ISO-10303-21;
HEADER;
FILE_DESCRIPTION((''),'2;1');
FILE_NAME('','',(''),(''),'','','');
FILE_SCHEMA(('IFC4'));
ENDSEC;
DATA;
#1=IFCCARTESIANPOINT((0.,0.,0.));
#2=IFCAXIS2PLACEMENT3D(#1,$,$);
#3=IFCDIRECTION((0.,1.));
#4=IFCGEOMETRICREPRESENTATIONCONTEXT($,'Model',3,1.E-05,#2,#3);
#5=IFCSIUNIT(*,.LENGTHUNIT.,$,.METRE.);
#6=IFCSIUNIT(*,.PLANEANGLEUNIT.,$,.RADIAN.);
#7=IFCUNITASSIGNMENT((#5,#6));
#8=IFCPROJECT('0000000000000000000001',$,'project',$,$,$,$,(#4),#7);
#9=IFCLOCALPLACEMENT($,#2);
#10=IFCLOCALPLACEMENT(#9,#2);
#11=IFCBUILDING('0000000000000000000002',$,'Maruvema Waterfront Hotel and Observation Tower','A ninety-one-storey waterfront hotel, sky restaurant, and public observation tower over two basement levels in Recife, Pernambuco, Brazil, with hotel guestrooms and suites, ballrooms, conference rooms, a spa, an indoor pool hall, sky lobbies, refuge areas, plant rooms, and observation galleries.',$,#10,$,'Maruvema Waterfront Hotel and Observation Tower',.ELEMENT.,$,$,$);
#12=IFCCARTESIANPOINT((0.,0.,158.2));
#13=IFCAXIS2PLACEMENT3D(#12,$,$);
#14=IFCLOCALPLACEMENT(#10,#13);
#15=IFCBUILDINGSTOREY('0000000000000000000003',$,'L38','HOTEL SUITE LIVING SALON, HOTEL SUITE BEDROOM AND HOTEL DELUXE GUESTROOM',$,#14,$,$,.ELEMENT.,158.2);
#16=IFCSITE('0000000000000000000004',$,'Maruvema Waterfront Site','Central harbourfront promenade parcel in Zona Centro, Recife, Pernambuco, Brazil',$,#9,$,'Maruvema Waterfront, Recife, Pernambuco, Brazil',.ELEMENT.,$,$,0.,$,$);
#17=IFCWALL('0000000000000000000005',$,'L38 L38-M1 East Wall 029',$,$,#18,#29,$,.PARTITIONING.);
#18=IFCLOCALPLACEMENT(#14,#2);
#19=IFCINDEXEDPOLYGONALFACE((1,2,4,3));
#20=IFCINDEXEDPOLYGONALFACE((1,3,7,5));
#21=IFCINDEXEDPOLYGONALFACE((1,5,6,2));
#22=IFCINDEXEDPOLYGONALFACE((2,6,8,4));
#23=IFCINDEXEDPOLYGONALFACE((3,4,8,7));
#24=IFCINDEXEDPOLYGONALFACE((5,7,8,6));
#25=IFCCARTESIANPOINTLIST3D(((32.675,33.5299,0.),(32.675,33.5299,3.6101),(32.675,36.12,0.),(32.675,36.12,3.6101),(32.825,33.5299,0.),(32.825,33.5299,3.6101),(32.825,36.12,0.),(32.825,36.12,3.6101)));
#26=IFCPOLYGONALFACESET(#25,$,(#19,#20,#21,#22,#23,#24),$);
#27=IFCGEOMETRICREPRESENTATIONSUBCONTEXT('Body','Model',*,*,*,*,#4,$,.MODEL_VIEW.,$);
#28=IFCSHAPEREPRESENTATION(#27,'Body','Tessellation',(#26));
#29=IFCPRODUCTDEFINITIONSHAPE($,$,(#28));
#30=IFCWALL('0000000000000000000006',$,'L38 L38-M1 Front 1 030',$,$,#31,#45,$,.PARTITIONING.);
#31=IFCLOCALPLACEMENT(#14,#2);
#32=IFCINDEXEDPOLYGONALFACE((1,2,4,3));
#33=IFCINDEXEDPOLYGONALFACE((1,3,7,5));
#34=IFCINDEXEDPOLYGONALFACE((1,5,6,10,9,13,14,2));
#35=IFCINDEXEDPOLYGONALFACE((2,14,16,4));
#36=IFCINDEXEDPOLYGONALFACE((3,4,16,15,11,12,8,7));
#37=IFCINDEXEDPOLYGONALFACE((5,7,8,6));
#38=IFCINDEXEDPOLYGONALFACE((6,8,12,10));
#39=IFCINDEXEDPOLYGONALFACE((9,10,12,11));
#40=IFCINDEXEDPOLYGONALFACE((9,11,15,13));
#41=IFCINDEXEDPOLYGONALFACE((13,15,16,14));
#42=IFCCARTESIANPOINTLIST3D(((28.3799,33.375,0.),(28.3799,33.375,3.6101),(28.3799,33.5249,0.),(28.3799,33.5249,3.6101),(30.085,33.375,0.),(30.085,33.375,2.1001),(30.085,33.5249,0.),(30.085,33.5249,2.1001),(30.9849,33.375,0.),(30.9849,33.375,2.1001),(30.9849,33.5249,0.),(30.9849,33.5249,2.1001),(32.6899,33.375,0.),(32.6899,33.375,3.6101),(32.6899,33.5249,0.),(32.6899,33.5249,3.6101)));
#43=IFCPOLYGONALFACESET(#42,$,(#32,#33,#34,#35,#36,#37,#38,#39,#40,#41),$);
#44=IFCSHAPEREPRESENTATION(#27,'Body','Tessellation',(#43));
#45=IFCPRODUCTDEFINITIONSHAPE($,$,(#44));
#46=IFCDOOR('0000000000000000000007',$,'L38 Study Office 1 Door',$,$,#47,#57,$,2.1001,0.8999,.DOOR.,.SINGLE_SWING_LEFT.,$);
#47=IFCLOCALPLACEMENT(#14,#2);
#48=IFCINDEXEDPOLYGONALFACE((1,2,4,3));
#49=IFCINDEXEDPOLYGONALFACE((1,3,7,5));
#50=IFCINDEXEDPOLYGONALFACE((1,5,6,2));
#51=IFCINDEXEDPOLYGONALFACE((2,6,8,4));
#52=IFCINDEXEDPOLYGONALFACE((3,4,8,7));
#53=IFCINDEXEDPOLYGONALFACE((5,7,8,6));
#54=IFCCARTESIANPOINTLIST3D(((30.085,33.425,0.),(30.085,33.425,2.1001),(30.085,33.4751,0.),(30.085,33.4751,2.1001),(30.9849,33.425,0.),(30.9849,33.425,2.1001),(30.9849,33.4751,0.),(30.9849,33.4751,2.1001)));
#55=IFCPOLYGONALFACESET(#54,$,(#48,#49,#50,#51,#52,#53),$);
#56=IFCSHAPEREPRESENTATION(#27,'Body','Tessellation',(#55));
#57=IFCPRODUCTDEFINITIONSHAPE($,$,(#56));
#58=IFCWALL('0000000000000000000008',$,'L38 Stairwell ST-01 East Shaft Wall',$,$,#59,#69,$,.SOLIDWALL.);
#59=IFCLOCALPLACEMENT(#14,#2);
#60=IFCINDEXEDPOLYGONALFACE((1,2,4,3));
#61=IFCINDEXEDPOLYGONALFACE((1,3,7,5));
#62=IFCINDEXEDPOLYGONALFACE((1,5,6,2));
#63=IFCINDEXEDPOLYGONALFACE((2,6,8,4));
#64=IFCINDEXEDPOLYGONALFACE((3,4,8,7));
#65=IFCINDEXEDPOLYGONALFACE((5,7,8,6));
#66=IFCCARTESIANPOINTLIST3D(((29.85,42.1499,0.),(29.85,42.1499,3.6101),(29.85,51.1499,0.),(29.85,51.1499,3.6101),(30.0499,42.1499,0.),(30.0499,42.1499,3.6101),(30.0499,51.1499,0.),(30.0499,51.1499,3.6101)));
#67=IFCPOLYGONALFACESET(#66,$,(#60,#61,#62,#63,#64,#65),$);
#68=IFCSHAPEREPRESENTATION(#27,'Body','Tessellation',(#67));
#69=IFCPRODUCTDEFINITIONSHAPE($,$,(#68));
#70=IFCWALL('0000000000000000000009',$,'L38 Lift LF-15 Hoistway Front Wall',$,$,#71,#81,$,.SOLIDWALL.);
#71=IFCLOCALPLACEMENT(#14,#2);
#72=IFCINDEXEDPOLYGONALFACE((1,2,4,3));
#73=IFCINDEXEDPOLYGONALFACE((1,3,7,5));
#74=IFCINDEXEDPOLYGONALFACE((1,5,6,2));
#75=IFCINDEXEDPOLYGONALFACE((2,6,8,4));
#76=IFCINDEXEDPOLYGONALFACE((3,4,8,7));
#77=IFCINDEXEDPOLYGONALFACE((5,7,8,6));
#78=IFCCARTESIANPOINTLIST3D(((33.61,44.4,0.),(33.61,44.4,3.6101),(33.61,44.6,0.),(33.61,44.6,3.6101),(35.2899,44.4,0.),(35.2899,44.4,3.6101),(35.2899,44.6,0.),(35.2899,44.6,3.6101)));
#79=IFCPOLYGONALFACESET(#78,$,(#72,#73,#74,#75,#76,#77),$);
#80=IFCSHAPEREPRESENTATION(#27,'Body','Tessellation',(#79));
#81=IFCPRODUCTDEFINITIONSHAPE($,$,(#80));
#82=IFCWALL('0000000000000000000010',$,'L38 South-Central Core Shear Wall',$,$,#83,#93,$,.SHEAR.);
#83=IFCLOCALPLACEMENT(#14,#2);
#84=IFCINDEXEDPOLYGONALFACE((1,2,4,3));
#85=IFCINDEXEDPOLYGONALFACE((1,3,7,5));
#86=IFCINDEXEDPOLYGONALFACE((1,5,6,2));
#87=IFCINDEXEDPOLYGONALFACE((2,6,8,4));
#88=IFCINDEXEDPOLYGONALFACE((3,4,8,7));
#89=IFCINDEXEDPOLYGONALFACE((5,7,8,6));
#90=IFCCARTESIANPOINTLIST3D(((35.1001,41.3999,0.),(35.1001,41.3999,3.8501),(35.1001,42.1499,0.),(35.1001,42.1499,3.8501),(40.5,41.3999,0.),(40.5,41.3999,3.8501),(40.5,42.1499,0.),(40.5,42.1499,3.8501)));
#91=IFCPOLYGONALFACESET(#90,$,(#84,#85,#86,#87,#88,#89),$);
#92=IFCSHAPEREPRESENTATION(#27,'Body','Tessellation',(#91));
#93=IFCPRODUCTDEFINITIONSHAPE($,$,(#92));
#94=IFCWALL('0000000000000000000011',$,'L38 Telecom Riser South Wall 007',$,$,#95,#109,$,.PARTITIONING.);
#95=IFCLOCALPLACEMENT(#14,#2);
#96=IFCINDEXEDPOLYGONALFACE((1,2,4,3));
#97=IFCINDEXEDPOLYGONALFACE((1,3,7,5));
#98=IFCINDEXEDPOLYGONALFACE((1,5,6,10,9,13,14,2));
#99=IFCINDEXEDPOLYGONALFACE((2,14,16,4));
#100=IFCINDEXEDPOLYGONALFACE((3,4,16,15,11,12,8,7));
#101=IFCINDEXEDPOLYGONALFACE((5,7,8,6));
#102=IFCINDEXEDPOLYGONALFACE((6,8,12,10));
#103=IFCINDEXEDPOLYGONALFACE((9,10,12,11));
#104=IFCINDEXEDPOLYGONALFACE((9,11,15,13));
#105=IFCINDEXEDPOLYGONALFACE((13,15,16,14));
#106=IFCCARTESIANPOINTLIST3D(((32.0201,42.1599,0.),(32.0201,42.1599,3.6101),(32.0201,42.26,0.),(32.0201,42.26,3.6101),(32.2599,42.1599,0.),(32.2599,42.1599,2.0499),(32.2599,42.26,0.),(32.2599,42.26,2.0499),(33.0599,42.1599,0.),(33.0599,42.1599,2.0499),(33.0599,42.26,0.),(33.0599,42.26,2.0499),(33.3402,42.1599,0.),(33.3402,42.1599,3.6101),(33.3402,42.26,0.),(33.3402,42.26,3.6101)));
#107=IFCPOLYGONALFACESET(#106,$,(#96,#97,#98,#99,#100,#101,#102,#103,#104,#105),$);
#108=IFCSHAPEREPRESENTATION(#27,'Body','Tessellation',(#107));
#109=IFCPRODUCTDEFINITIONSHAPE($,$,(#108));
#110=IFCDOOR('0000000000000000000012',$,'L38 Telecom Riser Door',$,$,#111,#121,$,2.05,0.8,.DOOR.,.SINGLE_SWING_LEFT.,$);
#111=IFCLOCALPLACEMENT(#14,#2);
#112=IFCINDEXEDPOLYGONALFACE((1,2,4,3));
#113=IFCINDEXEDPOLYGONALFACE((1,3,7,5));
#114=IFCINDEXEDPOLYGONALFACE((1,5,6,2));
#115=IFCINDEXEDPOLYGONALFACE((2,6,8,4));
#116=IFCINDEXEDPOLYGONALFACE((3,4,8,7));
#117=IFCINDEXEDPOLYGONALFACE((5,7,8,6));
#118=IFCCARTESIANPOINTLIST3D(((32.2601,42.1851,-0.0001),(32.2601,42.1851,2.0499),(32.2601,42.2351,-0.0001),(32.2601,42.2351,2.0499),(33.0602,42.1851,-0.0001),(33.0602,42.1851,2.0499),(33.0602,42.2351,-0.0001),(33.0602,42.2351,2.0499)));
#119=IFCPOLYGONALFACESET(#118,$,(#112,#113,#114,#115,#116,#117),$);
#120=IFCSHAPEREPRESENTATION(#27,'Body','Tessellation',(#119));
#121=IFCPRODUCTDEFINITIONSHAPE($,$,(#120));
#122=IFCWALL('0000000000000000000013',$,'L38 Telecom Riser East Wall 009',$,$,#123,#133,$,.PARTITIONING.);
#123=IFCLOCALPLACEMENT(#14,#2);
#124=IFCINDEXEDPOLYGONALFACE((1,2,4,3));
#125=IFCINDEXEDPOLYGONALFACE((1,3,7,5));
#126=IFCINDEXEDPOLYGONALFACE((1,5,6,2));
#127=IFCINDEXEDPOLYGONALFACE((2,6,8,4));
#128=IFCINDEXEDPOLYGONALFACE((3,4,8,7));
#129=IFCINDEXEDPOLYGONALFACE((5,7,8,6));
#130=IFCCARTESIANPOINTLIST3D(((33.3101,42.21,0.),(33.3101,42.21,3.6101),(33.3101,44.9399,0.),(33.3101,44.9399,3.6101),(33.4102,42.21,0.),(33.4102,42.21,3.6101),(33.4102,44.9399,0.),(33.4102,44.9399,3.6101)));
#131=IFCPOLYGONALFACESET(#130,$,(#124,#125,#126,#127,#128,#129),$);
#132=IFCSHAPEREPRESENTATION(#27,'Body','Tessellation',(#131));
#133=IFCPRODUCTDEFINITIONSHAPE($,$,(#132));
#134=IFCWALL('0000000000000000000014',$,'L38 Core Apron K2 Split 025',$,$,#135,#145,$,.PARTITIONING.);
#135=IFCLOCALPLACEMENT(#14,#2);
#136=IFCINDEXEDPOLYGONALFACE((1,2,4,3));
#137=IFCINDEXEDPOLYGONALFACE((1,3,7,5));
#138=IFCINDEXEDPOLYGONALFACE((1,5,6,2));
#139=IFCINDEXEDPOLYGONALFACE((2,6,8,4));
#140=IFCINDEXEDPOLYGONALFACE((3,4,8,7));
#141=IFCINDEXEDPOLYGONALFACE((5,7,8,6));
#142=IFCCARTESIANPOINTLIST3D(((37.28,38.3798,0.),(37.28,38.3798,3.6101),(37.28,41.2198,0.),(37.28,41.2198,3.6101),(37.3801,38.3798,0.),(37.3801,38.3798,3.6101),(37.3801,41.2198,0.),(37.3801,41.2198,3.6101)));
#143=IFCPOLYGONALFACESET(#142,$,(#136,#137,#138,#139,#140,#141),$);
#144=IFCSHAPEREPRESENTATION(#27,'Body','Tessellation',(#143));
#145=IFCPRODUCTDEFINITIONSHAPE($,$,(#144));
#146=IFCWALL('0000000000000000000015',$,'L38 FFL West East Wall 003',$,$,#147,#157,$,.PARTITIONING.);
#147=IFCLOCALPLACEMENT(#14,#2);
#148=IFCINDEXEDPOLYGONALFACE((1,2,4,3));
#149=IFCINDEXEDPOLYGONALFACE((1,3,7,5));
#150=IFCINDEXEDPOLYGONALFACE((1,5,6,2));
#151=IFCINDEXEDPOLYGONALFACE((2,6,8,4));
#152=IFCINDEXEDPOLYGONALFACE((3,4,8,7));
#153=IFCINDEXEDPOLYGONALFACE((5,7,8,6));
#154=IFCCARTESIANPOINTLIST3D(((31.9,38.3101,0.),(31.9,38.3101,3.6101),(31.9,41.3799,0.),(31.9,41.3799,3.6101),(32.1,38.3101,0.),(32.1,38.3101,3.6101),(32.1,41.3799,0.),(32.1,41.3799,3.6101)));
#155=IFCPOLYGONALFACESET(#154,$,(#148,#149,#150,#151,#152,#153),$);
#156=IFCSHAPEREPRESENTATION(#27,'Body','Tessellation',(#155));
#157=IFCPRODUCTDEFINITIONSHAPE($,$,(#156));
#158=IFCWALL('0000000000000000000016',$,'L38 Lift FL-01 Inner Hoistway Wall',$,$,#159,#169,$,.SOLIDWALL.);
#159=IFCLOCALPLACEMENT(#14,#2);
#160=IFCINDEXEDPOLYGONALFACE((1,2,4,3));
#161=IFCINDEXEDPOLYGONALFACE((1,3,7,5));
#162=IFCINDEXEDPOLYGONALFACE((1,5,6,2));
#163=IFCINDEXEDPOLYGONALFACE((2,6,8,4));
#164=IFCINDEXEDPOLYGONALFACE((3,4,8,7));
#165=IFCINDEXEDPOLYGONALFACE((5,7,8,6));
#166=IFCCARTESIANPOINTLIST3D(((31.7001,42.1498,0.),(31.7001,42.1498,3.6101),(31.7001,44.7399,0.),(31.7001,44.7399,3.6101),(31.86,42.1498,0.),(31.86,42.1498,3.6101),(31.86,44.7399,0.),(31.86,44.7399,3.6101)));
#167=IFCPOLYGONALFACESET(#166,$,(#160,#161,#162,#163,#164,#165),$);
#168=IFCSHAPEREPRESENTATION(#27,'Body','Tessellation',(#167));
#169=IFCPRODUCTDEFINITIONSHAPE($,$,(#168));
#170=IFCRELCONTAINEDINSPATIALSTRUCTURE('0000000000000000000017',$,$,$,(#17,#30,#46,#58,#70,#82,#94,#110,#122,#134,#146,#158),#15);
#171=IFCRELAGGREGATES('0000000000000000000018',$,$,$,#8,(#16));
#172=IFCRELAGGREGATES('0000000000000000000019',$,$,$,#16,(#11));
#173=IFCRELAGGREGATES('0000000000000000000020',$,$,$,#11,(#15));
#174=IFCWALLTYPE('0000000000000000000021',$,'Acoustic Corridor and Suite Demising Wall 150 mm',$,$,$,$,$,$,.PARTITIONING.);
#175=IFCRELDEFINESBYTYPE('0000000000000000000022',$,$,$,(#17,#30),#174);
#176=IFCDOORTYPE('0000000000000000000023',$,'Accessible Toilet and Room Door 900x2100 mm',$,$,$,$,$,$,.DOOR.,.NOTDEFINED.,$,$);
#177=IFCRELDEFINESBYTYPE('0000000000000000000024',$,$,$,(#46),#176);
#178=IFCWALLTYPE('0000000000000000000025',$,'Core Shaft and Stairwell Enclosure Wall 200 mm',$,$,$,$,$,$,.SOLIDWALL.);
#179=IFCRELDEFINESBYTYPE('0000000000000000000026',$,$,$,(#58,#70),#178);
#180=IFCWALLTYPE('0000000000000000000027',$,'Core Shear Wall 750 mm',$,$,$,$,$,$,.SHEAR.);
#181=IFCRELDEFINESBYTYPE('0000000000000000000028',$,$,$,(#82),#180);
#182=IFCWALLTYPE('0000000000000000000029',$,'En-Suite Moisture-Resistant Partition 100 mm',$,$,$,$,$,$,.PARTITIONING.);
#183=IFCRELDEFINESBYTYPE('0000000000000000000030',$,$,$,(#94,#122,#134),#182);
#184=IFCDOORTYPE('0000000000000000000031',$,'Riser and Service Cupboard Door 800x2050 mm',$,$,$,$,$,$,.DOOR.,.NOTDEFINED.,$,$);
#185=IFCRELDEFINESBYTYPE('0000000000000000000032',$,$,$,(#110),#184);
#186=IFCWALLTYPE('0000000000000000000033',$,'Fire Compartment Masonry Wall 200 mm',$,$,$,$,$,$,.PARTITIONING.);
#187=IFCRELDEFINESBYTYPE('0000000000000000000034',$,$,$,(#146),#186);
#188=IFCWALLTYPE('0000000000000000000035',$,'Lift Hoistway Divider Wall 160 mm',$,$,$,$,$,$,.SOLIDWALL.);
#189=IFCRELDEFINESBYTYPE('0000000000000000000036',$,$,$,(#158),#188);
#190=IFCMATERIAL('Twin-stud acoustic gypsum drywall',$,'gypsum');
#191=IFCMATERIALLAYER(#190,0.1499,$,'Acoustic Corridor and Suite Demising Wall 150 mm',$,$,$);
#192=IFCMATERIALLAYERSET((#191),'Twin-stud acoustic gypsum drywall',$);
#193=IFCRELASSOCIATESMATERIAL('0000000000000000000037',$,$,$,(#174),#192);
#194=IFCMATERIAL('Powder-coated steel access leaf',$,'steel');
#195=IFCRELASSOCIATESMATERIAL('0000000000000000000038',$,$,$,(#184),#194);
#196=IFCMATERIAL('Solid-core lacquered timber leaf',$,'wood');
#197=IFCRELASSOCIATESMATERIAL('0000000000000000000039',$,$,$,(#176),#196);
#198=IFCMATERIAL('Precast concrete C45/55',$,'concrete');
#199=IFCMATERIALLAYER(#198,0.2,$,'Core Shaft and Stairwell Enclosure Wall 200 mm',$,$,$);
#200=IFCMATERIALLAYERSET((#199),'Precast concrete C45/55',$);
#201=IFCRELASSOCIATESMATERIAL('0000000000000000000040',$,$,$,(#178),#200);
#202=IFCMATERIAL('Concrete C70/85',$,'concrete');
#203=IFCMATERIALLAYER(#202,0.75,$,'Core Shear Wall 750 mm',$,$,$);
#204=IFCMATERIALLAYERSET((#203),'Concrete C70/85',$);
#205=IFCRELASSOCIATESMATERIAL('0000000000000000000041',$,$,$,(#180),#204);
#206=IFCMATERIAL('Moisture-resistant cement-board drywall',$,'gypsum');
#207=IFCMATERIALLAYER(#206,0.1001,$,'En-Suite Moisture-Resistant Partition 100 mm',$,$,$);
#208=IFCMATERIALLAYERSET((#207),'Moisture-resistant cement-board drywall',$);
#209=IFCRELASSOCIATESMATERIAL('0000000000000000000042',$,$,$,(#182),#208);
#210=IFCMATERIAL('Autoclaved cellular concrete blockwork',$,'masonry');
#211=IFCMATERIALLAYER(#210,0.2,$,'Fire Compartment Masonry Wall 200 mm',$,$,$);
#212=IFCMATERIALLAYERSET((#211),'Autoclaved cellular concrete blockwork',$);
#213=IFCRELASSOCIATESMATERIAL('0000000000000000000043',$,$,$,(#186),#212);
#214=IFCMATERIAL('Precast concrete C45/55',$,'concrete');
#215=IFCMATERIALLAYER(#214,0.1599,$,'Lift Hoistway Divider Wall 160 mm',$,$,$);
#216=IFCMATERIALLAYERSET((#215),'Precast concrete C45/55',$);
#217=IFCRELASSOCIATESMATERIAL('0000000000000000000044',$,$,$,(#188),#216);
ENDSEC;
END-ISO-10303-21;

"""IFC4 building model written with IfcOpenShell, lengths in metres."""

from ifc_helpers import new_model, si_unit, direction, frame, frame_2d, origin, place, context, subcontext, project, spatial, rectangle, extrude, material, layer, layer_set, type_object, element, fill, save


model = new_model("IFC4")

# Units and contexts
model_context = context("Model", 3, precision=1e-05, world=origin(), true_north=direction((0.0, 1.0)))
body_context = subcontext(model_context, "Body", "Model", "MODEL_VIEW")
ifc_project = project(units=[si_unit("LENGTHUNIT", "METRE"), si_unit("PLANEANGLEUNIT", "RADIAN")], contexts=[model_context])

# Site, building, storey
site_placement = place(None, origin())
site = spatial("IfcSite", under=ifc_project, at=site_placement, Name="Maruvema Waterfront Site", Description="Central harbourfront promenade parcel in Zona Centro, Recife, Pernambuco, Brazil", LongName="Maruvema Waterfront, Recife, Pernambuco, Brazil", CompositionType="ELEMENT", RefElevation=0.0)
building_placement = place(site_placement, origin())
building = spatial("IfcBuilding", under=site, at=building_placement, Name="Maruvema Waterfront Hotel and Observation Tower", Description="A ninety-one-storey waterfront hotel, sky restaurant, and public observation tower over two basement levels in Recife, Pernambuco, Brazil, with hotel guestrooms and suites, ballrooms, conference rooms, a spa, an indoor pool hall, sky lobbies, refuge areas, plant rooms, and observation galleries.", LongName="Maruvema Waterfront Hotel and Observation Tower", CompositionType="ELEMENT")
storey_placement = place(building_placement, frame((0.0, 0.0, 158.2)))
storey = spatial("IfcBuildingStorey", under=building, at=storey_placement, Name="L38", Description="HOTEL SUITE LIVING SALON, HOTEL SUITE BEDROOM AND HOTEL DELUXE GUESTROOM", CompositionType="ELEMENT", Elevation=158.2)

# Shared definitions
ifc_material_1 = material(Name="Twin-stud acoustic gypsum drywall", Category="gypsum")
ifc_layer_1 = layer(ifc_material_1, 0.1499, Name="Acoustic Corridor and Suite Demising Wall 150 mm")
ifc_layer_set_1 = layer_set([ifc_layer_1], Name="Twin-stud acoustic gypsum drywall")
wall_type_1 = type_object("IfcWallType", Name="Acoustic Corridor and Suite Demising Wall 150 mm", PredefinedType="PARTITIONING", material=ifc_layer_set_1)
ifc_material_2 = material(Name="Powder-coated steel access leaf", Category="steel")
door_type_1 = type_object("IfcDoorType", Name="Riser and Service Cupboard Door 800x2050 mm", OperationType="NOTDEFINED", PredefinedType="DOOR", material=ifc_material_2)

# Wall
for number, where, z_axis, x_axis, name in (
    (1, (32.75, 33.53, 0.0), (0.0, 0.0, 1.0), (0.0, 1.0, 0.0), "L38 L38-M1 East Wall 029"),
):
    element("IfcWall", number, at=place(storey_placement, frame(where, z_axis=z_axis, x_axis=x_axis)), inside=storey, type_object=wall_type_1, Name=name, PredefinedType="PARTITIONING", context=body_context, shape_type="SweptSolid", body=[
        extrude(rectangle(XDim=2.5901, YDim=0.1499, at=frame_2d((1.2949, 0.0))), origin(), (0.0, 0.0, 1.0), 3.6101),
    ])

# Wall, opening, door
wall_1_placement = place(storey_placement, frame((28.3799, 33.45, 0.0), z_axis=(0.0, 0.0, 1.0), x_axis=(1.0, 0.0, 0.0)))
wall_1 = element("IfcWall", 2, at=wall_1_placement, inside=storey, type_object=wall_type_1, Name="L38 L38-M1 Front 1 030", PredefinedType="PARTITIONING", context=body_context, shape_type="SweptSolid", body=[
    extrude(rectangle(XDim=4.3101, YDim=0.1499, at=frame_2d((2.155, 0.0))), origin(), (0.0, 0.0, 1.0), 3.6101),
])
opening_1_placement = place(wall_1_placement, frame((1.7051, 0.0, 0.0)))
opening_1 = element("IfcOpeningElement", 3, at=opening_1_placement, cuts=wall_1, PredefinedType="OPENING", context=body_context, shape_type="SweptSolid", body=[
    extrude(rectangle(XDim=0.8999, YDim=2.1001, at=frame_2d((0.45, 1.05))), frame((0.0, 0.085, 0.0), z_axis=(0.0, -1.0, 0.0), x_axis=(1.0, 0.0, 0.0)), (0.0, 0.0, 1.0), 0.1699),
])
ifc_material_3 = material(Name="Solid-core lacquered timber leaf", Category="wood")
door_type_2 = type_object("IfcDoorType", Name="Accessible Toilet and Room Door 900x2100 mm", OperationType="NOTDEFINED", PredefinedType="DOOR", material=ifc_material_3)
door_1_placement = place(opening_1_placement, frame((0.8999, 0.0, 0.0), z_axis=(0.0, 0.0, 1.0), x_axis=(-1.0, 0.0, 0.0)))
door_1 = element("IfcDoor", 4, at=door_1_placement, inside=storey, type_object=door_type_2, Name="L38 Study Office 1 Door", OperationType="SINGLE_SWING_LEFT", OverallHeight=2.1001, OverallWidth=0.8999, PredefinedType="DOOR", context=body_context, shape_type="SweptSolid", body=[
    extrude(rectangle(XDim=0.8999, YDim=2.1001, at=frame_2d((0.45, 1.05))), frame((0.0, 0.0249, 0.0), z_axis=(0.0, -1.0, 0.0), x_axis=(1.0, 0.0, 0.0)), (0.0, 0.0, 1.0), 0.05),
])
fill(opening_1, door_1)

# Walls
ifc_material_4 = material(Name="Precast concrete C45/55", Category="concrete")
ifc_layer_2 = layer(ifc_material_4, 0.2, Name="Core Shaft and Stairwell Enclosure Wall 200 mm")
ifc_layer_set_2 = layer_set([ifc_layer_2], Name="Precast concrete C45/55")
wall_type_2 = type_object("IfcWallType", Name="Core Shaft and Stairwell Enclosure Wall 200 mm", PredefinedType="SOLIDWALL", material=ifc_layer_set_2)
wall_2_placement = place(storey_placement, frame((29.95, 42.1499, 0.0), z_axis=(0.0, 0.0, 1.0), x_axis=(0.0, 1.0, 0.0)))
element("IfcWall", 5, at=wall_2_placement, inside=storey, type_object=wall_type_2, Name="L38 Stairwell ST-01 East Shaft Wall", PredefinedType="SOLIDWALL", context=body_context, shape_type="SweptSolid", body=[
    extrude(rectangle(XDim=9.0, YDim=0.2, at=frame_2d((4.5, 0.0))), origin(), (0.0, 0.0, 1.0), 3.6101),
])
wall_3_placement = place(storey_placement, frame((33.6101, 44.5, 0.0), z_axis=(0.0, 0.0, 1.0), x_axis=(1.0, 0.0, 0.0)))
element("IfcWall", 6, at=wall_3_placement, inside=storey, type_object=wall_type_2, Name="L38 Lift LF-15 Hoistway Front Wall", PredefinedType="SOLIDWALL", context=body_context, shape_type="SweptSolid", body=[
    extrude(rectangle(XDim=1.6799, YDim=0.2, at=frame_2d((0.8398, 0.0))), origin(), (0.0, 0.0, 1.0), 3.6101),
])
ifc_material_5 = material(Name="Concrete C70/85", Category="concrete")
ifc_layer_3 = layer(ifc_material_5, 0.75, Name="Core Shear Wall 750 mm")
ifc_layer_set_3 = layer_set([ifc_layer_3], Name="Concrete C70/85")
wall_type_3 = type_object("IfcWallType", Name="Core Shear Wall 750 mm", PredefinedType="SHEAR", material=ifc_layer_set_3)
wall_4_placement = place(storey_placement, frame((35.1001, 41.7749, 0.0), z_axis=(0.0, 0.0, 1.0), x_axis=(1.0, 0.0, 0.0)))
element("IfcWall", 7, at=wall_4_placement, inside=storey, type_object=wall_type_3, Name="L38 South-Central Core Shear Wall", PredefinedType="SHEAR", context=body_context, shape_type="SweptSolid", body=[
    extrude(rectangle(XDim=5.3999, YDim=0.75, at=frame_2d((2.7, 0.0))), origin(), (0.0, 0.0, 1.0), 3.8501),
])

# Wall, opening, door
ifc_material_6 = material(Name="Moisture-resistant cement-board drywall", Category="gypsum")
ifc_layer_4 = layer(ifc_material_6, 0.1001, Name="En-Suite Moisture-Resistant Partition 100 mm")
ifc_layer_set_4 = layer_set([ifc_layer_4], Name="Moisture-resistant cement-board drywall")
wall_type_4 = type_object("IfcWallType", Name="En-Suite Moisture-Resistant Partition 100 mm", PredefinedType="PARTITIONING", material=ifc_layer_set_4)
wall_5_placement = place(storey_placement, frame((32.02, 42.21, 0.0), z_axis=(0.0, 0.0, 1.0), x_axis=(1.0, 0.0, 0.0)))
wall_5 = element("IfcWall", 8, at=wall_5_placement, inside=storey, type_object=wall_type_4, Name="L38 Telecom Riser South Wall 007", PredefinedType="PARTITIONING", context=body_context, shape_type="SweptSolid", body=[
    extrude(rectangle(XDim=1.3201, YDim=0.1001, at=frame_2d((0.6602, 0.0))), origin(), (0.0, 0.0, 1.0), 3.6101),
])
opening_2_placement = place(wall_5_placement, frame((0.24, 0.0, 0.0)))
opening_2 = element("IfcOpeningElement", 9, at=opening_2_placement, cuts=wall_5, PredefinedType="OPENING", context=body_context, shape_type="SweptSolid", body=[
    extrude(rectangle(XDim=0.8, YDim=2.05, at=frame_2d((0.3999, 1.0249))), frame((0.0, 0.0601, 0.0), z_axis=(0.0, -1.0, 0.0), x_axis=(1.0, 0.0, 0.0)), (0.0, 0.0, 1.0), 0.1201),
])
door_2_placement = place(opening_2_placement, frame((0.8, 0.0, 0.0), z_axis=(0.0, 0.0, 1.0), x_axis=(-1.0, 0.0, 0.0)))
door_2 = element("IfcDoor", 10, at=door_2_placement, inside=storey, type_object=door_type_1, Name="L38 Telecom Riser Door", OperationType="SINGLE_SWING_LEFT", OverallHeight=2.05, OverallWidth=0.8, PredefinedType="DOOR", context=body_context, shape_type="SweptSolid", body=[
    extrude(rectangle(XDim=0.8, YDim=2.05, at=frame_2d((0.3999, 1.0249))), frame((0.0, 0.0249, 0.0), z_axis=(0.0, -1.0, 0.0), x_axis=(1.0, 0.0, 0.0)), (0.0, 0.0, 1.0), 0.05),
])
fill(opening_2, door_2)

# Walls
wall_6_placement = place(storey_placement, frame((33.3601, 42.21, 0.0), z_axis=(0.0, 0.0, 1.0), x_axis=(0.0, 1.0, 0.0)))
element("IfcWall", 11, at=wall_6_placement, inside=storey, type_object=wall_type_4, Name="L38 Telecom Riser East Wall 009", PredefinedType="PARTITIONING", context=body_context, shape_type="SweptSolid", body=[
    extrude(rectangle(XDim=2.73, YDim=0.1001, at=frame_2d((1.365, 0.0))), origin(), (0.0, 0.0, 1.0), 3.6101),
])
wall_7_placement = place(storey_placement, frame((37.3301, 38.3799, 0.0), z_axis=(0.0, 0.0, 1.0), x_axis=(0.0, 1.0, 0.0)))
element("IfcWall", 12, at=wall_7_placement, inside=storey, type_object=wall_type_4, Name="L38 Core Apron K2 Split 025", PredefinedType="PARTITIONING", context=body_context, shape_type="SweptSolid", body=[
    extrude(rectangle(XDim=2.8401, YDim=0.1001, at=frame_2d((1.4199, 0.0))), origin(), (0.0, 0.0, 1.0), 3.6101),
])
ifc_material_7 = material(Name="Autoclaved cellular concrete blockwork", Category="masonry")
ifc_layer_5 = layer(ifc_material_7, 0.2, Name="Fire Compartment Masonry Wall 200 mm")
ifc_layer_set_5 = layer_set([ifc_layer_5], Name="Autoclaved cellular concrete blockwork")
wall_type_5 = type_object("IfcWallType", Name="Fire Compartment Masonry Wall 200 mm", PredefinedType="PARTITIONING", material=ifc_layer_set_5)
wall_8_placement = place(storey_placement, frame((32.0, 38.3101, 0.0), z_axis=(0.0, 0.0, 1.0), x_axis=(0.0, 1.0, 0.0)))
element("IfcWall", 13, at=wall_8_placement, inside=storey, type_object=wall_type_5, Name="L38 FFL West East Wall 003", PredefinedType="PARTITIONING", context=body_context, shape_type="SweptSolid", body=[
    extrude(rectangle(XDim=3.0698, YDim=0.2, at=frame_2d((1.5349, 0.0))), origin(), (0.0, 0.0, 1.0), 3.6101),
])
ifc_material_8 = material(Name="Precast concrete C45/55", Category="concrete")
ifc_layer_6 = layer(ifc_material_8, 0.1599, Name="Lift Hoistway Divider Wall 160 mm")
ifc_layer_set_6 = layer_set([ifc_layer_6], Name="Precast concrete C45/55")
wall_type_6 = type_object("IfcWallType", Name="Lift Hoistway Divider Wall 160 mm", PredefinedType="SOLIDWALL", material=ifc_layer_set_6)
wall_9_placement = place(storey_placement, frame((31.78, 42.1499, 0.0), z_axis=(0.0, 0.0, 1.0), x_axis=(0.0, 1.0, 0.0)))
element("IfcWall", 14, at=wall_9_placement, inside=storey, type_object=wall_type_6, Name="L38 Lift FL-01 Inner Hoistway Wall", PredefinedType="SOLIDWALL", context=body_context, shape_type="SweptSolid", body=[
    extrude(rectangle(XDim=2.5901, YDim=0.1599, at=frame_2d((1.2949, 0.0))), origin(), (0.0, 0.0, 1.0), 3.6101),
])

save(model, "model.ifc")
